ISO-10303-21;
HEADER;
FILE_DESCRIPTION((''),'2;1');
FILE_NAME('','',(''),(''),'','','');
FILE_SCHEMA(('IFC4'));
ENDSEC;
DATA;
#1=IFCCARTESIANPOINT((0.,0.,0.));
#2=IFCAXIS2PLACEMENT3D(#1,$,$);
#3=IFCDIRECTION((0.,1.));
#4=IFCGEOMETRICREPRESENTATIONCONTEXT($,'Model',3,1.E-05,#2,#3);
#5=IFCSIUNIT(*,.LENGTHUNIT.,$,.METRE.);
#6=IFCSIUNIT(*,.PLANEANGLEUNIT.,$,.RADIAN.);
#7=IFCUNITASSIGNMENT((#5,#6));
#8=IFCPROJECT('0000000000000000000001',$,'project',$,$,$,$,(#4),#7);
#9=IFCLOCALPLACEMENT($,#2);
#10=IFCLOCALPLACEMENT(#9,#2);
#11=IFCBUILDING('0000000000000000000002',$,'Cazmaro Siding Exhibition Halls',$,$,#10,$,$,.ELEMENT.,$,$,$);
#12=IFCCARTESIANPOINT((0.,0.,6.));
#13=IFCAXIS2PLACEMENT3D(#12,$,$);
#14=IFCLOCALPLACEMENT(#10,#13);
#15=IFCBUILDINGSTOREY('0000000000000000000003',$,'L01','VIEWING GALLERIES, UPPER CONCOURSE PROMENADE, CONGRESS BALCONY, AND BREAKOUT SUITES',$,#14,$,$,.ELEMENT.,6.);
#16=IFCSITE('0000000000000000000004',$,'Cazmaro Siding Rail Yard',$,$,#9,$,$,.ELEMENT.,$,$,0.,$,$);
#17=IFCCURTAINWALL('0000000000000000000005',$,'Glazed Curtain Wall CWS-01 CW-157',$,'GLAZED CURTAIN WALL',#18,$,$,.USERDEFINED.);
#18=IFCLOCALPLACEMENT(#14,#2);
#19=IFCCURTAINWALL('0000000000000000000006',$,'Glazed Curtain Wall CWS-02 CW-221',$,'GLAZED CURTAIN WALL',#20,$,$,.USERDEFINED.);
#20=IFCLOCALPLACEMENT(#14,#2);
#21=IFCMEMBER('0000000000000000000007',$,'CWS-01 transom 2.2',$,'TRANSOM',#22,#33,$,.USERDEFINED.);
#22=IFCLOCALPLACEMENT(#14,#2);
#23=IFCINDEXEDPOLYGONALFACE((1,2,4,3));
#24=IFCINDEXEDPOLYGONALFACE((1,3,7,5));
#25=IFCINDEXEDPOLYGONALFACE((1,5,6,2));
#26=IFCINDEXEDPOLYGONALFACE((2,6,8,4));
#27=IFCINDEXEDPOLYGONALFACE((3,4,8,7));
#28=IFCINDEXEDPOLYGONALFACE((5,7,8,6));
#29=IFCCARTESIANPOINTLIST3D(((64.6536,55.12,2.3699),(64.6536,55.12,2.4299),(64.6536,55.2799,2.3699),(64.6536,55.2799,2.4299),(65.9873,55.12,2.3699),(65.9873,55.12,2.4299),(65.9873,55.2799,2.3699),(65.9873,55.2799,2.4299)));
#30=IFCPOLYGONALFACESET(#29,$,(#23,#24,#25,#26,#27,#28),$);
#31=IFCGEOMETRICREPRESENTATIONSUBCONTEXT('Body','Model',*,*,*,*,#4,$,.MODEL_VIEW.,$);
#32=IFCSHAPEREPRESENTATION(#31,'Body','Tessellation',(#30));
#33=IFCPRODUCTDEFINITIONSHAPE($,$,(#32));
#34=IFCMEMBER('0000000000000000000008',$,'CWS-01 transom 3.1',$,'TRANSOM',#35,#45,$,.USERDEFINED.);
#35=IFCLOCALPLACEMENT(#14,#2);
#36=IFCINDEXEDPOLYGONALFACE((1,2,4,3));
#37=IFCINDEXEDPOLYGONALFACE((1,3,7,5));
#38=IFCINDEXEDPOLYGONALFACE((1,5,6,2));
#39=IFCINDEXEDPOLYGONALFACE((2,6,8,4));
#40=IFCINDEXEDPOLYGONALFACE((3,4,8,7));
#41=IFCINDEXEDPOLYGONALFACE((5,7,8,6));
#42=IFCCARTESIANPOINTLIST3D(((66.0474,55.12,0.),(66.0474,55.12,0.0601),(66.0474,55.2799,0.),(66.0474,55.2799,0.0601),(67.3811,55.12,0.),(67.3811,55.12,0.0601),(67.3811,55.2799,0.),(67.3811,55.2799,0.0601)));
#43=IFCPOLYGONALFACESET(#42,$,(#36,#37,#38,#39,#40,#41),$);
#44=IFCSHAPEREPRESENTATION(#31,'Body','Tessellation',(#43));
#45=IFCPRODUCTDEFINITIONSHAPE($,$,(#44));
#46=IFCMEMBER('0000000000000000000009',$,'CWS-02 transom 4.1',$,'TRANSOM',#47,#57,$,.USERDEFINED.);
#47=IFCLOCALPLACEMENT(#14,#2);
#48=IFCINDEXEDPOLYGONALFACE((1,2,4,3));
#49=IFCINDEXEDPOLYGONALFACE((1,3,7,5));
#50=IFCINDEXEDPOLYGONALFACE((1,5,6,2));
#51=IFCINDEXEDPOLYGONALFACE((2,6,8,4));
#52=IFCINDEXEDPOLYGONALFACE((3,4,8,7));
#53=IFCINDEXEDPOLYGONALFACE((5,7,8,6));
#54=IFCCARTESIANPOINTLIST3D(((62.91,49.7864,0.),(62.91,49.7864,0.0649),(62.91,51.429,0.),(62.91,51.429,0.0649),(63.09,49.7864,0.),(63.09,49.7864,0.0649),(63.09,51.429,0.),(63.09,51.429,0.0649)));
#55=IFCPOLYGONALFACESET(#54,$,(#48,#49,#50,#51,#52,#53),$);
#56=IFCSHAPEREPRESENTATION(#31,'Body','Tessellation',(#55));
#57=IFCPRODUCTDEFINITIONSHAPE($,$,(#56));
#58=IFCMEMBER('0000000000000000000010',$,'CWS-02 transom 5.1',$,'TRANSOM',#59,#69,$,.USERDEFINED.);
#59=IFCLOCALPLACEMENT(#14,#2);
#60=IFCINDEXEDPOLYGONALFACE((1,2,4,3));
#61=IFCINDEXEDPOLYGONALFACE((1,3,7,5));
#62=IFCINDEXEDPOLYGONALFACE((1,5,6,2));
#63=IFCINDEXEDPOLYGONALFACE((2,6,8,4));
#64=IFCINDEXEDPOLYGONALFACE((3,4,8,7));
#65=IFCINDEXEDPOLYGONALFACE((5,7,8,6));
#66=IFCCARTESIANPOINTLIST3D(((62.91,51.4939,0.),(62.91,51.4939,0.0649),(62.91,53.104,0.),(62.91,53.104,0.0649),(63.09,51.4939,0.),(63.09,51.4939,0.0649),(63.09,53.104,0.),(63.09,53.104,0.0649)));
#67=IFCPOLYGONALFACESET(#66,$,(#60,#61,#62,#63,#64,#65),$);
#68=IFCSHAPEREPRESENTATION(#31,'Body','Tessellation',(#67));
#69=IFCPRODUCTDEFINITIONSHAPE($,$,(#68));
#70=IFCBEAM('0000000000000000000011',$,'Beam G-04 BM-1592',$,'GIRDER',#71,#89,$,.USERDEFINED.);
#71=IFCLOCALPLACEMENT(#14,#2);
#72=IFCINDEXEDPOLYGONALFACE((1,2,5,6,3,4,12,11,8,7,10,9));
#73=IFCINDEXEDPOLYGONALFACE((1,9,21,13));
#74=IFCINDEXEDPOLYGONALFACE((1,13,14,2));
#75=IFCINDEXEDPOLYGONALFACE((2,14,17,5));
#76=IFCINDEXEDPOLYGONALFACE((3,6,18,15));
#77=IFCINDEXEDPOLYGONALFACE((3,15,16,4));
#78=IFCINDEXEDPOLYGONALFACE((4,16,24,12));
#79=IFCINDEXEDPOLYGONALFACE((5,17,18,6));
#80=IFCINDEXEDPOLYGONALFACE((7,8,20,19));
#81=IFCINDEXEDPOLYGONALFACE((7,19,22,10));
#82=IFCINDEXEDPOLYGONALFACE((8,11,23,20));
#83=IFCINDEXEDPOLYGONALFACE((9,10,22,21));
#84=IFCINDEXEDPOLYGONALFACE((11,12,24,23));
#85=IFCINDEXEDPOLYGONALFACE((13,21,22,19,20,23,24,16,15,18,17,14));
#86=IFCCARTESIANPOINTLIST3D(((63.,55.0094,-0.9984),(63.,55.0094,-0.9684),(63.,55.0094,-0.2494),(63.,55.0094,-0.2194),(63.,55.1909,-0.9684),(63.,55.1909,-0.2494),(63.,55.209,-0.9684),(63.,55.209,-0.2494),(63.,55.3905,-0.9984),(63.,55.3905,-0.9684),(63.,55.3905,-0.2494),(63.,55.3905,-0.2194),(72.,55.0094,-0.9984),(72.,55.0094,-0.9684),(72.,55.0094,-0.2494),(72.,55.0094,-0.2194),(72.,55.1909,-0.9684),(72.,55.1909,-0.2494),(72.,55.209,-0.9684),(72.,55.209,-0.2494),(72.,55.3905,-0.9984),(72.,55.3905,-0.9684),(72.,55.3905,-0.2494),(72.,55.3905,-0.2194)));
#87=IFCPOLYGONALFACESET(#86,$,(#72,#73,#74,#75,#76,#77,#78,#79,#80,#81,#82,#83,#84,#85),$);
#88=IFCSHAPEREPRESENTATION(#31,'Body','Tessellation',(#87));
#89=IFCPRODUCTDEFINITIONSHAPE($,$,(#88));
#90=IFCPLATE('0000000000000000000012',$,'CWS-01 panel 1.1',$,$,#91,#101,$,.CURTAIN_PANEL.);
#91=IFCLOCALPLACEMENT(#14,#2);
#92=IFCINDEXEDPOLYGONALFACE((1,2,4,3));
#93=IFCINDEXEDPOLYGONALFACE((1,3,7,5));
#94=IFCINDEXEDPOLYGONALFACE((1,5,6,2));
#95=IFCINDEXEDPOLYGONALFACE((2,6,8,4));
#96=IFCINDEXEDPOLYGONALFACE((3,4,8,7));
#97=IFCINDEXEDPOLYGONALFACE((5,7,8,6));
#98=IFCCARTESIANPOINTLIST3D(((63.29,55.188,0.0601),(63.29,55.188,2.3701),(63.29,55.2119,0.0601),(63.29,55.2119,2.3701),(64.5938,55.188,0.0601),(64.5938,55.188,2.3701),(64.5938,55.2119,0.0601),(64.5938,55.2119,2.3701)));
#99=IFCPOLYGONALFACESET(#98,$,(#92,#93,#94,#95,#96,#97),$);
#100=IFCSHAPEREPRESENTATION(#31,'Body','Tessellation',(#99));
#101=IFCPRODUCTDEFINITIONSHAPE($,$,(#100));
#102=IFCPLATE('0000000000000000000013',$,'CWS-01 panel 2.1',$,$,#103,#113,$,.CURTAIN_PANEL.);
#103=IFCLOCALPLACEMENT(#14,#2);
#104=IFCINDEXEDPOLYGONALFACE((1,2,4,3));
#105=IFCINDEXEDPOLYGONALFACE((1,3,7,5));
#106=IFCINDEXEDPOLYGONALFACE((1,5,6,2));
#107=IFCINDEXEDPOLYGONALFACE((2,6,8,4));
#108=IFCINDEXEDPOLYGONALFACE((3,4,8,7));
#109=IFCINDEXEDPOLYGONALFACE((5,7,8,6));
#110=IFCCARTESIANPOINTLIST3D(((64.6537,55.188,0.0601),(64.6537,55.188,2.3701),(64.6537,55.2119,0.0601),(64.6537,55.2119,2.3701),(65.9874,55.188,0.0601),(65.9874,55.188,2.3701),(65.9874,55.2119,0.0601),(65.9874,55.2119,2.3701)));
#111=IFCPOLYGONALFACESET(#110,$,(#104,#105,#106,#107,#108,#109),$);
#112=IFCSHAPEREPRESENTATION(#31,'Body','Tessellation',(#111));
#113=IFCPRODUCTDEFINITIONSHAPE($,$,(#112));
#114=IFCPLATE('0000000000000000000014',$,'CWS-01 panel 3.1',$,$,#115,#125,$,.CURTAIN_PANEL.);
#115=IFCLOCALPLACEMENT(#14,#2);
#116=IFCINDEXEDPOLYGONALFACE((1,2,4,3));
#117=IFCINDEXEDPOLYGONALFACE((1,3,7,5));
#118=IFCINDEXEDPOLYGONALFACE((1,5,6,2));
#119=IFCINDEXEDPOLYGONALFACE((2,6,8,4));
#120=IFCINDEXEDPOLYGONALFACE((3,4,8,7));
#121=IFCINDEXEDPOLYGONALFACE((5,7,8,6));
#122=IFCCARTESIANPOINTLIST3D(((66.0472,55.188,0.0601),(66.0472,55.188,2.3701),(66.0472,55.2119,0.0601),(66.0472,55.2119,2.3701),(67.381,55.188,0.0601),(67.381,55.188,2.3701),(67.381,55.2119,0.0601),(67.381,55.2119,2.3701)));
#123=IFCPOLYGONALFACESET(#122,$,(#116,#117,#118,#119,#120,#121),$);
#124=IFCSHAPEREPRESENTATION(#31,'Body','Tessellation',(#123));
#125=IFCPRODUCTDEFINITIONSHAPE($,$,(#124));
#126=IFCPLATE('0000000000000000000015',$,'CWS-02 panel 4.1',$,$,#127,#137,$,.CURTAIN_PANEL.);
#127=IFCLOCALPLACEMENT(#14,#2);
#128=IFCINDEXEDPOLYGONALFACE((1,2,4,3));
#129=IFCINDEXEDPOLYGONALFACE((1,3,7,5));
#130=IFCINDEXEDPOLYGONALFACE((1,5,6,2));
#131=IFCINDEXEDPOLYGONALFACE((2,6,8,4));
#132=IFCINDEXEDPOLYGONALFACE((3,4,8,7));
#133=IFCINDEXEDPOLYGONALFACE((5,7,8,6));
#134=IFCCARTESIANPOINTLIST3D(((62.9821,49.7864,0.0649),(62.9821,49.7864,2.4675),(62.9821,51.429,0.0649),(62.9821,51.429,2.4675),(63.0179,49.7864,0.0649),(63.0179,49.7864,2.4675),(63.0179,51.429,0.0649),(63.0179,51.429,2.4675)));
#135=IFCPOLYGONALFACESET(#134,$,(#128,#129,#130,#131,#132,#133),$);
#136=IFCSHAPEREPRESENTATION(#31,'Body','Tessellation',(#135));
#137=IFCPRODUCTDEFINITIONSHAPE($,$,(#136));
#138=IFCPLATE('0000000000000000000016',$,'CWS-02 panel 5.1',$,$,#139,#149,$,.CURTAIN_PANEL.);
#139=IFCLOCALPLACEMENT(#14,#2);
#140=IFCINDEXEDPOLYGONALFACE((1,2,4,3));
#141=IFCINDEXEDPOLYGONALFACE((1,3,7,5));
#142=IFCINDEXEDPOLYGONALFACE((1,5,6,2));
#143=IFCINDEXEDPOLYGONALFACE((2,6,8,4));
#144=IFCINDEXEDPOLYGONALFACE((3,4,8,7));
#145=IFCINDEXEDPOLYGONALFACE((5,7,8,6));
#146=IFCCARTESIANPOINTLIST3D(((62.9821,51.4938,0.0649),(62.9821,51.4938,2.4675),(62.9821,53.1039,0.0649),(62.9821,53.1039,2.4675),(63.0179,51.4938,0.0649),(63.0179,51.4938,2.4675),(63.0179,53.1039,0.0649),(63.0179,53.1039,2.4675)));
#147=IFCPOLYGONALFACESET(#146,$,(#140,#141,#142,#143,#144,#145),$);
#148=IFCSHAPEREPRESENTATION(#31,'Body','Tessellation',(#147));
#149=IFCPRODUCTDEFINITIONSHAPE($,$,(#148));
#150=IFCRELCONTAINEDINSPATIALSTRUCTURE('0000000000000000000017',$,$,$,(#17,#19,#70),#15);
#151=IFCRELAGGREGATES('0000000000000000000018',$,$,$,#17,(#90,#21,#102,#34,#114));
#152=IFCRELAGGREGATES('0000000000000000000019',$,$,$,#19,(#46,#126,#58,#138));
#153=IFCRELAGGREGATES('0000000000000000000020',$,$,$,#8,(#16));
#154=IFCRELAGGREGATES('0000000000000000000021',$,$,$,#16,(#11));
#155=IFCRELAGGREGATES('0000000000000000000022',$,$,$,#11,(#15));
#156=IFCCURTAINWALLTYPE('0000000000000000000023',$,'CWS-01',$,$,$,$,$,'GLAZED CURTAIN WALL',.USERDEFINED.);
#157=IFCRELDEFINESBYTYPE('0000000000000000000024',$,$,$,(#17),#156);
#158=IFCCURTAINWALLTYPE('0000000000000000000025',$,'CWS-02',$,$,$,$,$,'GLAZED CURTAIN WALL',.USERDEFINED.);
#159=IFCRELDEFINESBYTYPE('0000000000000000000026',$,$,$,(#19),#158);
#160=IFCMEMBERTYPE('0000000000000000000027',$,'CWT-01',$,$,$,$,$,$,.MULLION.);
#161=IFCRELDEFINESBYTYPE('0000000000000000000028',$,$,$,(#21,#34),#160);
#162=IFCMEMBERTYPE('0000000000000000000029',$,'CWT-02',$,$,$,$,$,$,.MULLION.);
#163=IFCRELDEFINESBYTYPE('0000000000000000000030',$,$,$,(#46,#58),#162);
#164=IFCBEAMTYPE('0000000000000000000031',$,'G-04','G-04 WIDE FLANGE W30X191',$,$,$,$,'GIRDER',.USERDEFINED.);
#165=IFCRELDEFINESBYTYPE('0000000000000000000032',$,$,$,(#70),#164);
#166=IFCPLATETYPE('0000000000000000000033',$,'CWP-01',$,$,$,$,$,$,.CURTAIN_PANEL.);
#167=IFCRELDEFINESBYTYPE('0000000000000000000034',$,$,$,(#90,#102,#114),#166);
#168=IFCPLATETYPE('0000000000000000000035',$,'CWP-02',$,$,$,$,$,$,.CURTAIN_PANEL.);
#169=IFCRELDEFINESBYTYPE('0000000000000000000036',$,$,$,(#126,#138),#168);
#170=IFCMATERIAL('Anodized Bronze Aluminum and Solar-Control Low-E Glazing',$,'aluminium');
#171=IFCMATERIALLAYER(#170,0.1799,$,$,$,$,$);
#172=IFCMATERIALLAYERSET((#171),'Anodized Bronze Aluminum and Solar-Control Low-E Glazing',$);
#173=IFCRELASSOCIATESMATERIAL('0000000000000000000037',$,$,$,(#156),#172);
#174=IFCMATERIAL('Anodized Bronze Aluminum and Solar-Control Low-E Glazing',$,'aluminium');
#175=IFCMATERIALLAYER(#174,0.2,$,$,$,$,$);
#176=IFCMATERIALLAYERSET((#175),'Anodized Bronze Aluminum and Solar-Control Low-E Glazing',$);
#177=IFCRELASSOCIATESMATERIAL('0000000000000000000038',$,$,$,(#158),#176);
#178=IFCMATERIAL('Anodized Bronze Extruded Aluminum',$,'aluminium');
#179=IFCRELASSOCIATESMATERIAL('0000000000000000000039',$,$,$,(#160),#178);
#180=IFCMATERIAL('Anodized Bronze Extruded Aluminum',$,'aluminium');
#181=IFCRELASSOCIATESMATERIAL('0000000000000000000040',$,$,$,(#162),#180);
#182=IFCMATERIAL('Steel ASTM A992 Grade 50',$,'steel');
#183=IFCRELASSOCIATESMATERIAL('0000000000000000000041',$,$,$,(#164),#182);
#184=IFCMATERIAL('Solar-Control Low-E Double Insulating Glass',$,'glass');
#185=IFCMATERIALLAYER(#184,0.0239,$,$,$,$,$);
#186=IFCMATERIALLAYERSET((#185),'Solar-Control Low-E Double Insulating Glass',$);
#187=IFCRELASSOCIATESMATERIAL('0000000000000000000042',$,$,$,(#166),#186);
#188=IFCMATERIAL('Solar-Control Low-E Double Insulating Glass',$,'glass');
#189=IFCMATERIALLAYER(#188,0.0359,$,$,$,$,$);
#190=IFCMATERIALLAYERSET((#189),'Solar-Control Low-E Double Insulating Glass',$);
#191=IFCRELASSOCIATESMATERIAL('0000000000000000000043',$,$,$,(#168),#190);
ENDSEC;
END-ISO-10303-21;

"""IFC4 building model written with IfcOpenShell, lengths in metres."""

from ifc_helpers import new_model, si_unit, direction, frame, origin, origin_2d, place, context, subcontext, project, spatial, rectangle, i_section, extrude, material, layer, layer_set, material_profile, profile_set, type_object, element, aggregate, save


model = new_model("IFC4")

# Units and contexts
model_context = context("Model", 3, precision=1e-05, world=origin(), true_north=direction((0.0, 1.0)))
body_context = subcontext(model_context, "Body", "Model", "MODEL_VIEW")
ifc_project = project(units=[si_unit("LENGTHUNIT", "METRE"), si_unit("PLANEANGLEUNIT", "RADIAN")], contexts=[model_context])

# Site, building, storey
site_placement = place(None, origin())
site = spatial("IfcSite", under=ifc_project, at=site_placement, Name="Cazmaro Siding Rail Yard", CompositionType="ELEMENT", RefElevation=0.0)
building_placement = place(site_placement, origin())
building = spatial("IfcBuilding", under=site, at=building_placement, Name="Cazmaro Siding Exhibition Halls", CompositionType="ELEMENT")
storey_placement = place(building_placement, frame((0.0, 0.0, 6.0)))
storey = spatial("IfcBuildingStorey", under=building, at=storey_placement, Name="L01", Description="VIEWING GALLERIES, UPPER CONCOURSE PROMENADE, CONGRESS BALCONY, AND BREAKOUT SUITES", CompositionType="ELEMENT", Elevation=6.0)

# Curtain walls
ifc_material_1 = material(Name="Anodized Bronze Aluminum and Solar-Control Low-E Glazing", Category="aluminium")
ifc_layer_1 = layer(ifc_material_1, 0.1799)
ifc_layer_set_1 = layer_set([ifc_layer_1], Name="Anodized Bronze Aluminum and Solar-Control Low-E Glazing")
curtain_wall_type_1 = type_object("IfcCurtainWallType", Name="CWS-01", ElementType="GLAZED CURTAIN WALL", PredefinedType="USERDEFINED", material=ifc_layer_set_1)
curtain_wall_1_placement = place(storey_placement, origin())
curtain_wall_1 = element("IfcCurtainWall", 1, at=curtain_wall_1_placement, inside=storey, type_object=curtain_wall_type_1, Name="Glazed Curtain Wall CWS-01 CW-157", ObjectType="GLAZED CURTAIN WALL", PredefinedType="USERDEFINED")
ifc_material_2 = material(Name="Anodized Bronze Aluminum and Solar-Control Low-E Glazing", Category="aluminium")
ifc_layer_2 = layer(ifc_material_2, 0.2)
ifc_layer_set_2 = layer_set([ifc_layer_2], Name="Anodized Bronze Aluminum and Solar-Control Low-E Glazing")
curtain_wall_type_2 = type_object("IfcCurtainWallType", Name="CWS-02", ElementType="GLAZED CURTAIN WALL", PredefinedType="USERDEFINED", material=ifc_layer_set_2)
curtain_wall_2_placement = place(storey_placement, origin())
curtain_wall_2 = element("IfcCurtainWall", 2, at=curtain_wall_2_placement, inside=storey, type_object=curtain_wall_type_2, Name="Glazed Curtain Wall CWS-02 CW-221", ObjectType="GLAZED CURTAIN WALL", PredefinedType="USERDEFINED")

# Members
ifc_material_3 = material(Name="Anodized Bronze Extruded Aluminum", Category="aluminium")
ifc_material_profile_1 = material_profile(ifc_material_3, rectangle(XDim=0.1599, YDim=0.0601, at=origin_2d()), Name="CWT-01")
ifc_profile_set_1 = profile_set([ifc_material_profile_1], Name="Anodized Bronze Extruded Aluminum")
member_type_1 = type_object("IfcMemberType", Name="CWT-01", PredefinedType="MULLION", material=ifc_profile_set_1)
member_1_placement = place(storey_placement, frame((64.6536, 55.2, 2.3999), z_axis=(1.0, 0.0, 0.0), x_axis=(0.0, 1.0, 0.0)))
member_1 = element("IfcMember", 3, at=member_1_placement, type_object=member_type_1, Name="CWS-01 transom 2.2", ObjectType="TRANSOM", PredefinedType="USERDEFINED", context=body_context, shape_type="SweptSolid", body=[
    extrude(rectangle(XDim=0.1599, YDim=0.0601, at=origin_2d()), origin(), (0.0, 0.0, 1.0), 1.3337),
])
member_2_placement = place(storey_placement, frame((66.0474, 55.2, 0.03), z_axis=(1.0, 0.0, 0.0), x_axis=(0.0, 1.0, 0.0)))
member_2 = element("IfcMember", 4, at=member_2_placement, type_object=member_type_1, Name="CWS-01 transom 3.1", ObjectType="TRANSOM", PredefinedType="USERDEFINED", context=body_context, shape_type="SweptSolid", body=[
    extrude(rectangle(XDim=0.1599, YDim=0.0601, at=origin_2d()), origin(), (0.0, 0.0, 1.0), 1.3337),
])
ifc_material_4 = material(Name="Anodized Bronze Extruded Aluminum", Category="aluminium")
ifc_material_profile_2 = material_profile(ifc_material_4, rectangle(XDim=0.1799, YDim=0.0649, at=origin_2d()), Name="CWT-02")
ifc_profile_set_2 = profile_set([ifc_material_profile_2], Name="Anodized Bronze Extruded Aluminum")
member_type_2 = type_object("IfcMemberType", Name="CWT-02", PredefinedType="MULLION", material=ifc_profile_set_2)
member_3_placement = place(storey_placement, frame((63.0, 49.7864, 0.0325), z_axis=(0.0, 1.0, 0.0), x_axis=(-1.0, 0.0, 0.0)))
member_3 = element("IfcMember", 5, at=member_3_placement, type_object=member_type_2, Name="CWS-02 transom 4.1", ObjectType="TRANSOM", PredefinedType="USERDEFINED", context=body_context, shape_type="SweptSolid", body=[
    extrude(rectangle(XDim=0.1799, YDim=0.0649, at=origin_2d()), origin(), (0.0, 0.0, 1.0), 1.6426),
])
member_4_placement = place(storey_placement, frame((63.0, 51.4939, 0.0325), z_axis=(0.0, 1.0, 0.0), x_axis=(-1.0, 0.0, 0.0)))
member_4 = element("IfcMember", 6, at=member_4_placement, type_object=member_type_2, Name="CWS-02 transom 5.1", ObjectType="TRANSOM", PredefinedType="USERDEFINED", context=body_context, shape_type="SweptSolid", body=[
    extrude(rectangle(XDim=0.1799, YDim=0.0649, at=origin_2d()), origin(), (0.0, 0.0, 1.0), 1.6101),
])

# Beam
ifc_material_5 = material(Name="Steel ASTM A992 Grade 50", Category="steel")
ifc_material_profile_3 = material_profile(ifc_material_5, i_section(OverallWidth=0.3811, OverallDepth=0.7791, WebThickness=0.0181, FlangeThickness=0.03, at=origin_2d()), Name="W30X191")
ifc_profile_set_3 = profile_set([ifc_material_profile_3], Name="Steel ASTM A992 Grade 50")
beam_type_1 = type_object("IfcBeamType", Name="G-04", Description="G-04 WIDE FLANGE W30X191", ElementType="GIRDER", PredefinedType="USERDEFINED", material=ifc_profile_set_3)
beam_1_placement = place(storey_placement, frame((63.0, 55.2, -0.6089), z_axis=(1.0, 0.0, 0.0), x_axis=(0.0, 1.0, 0.0)))
element("IfcBeam", 7, at=beam_1_placement, inside=storey, type_object=beam_type_1, Name="Beam G-04 BM-1592", ObjectType="GIRDER", PredefinedType="USERDEFINED", context=body_context, shape_type="SweptSolid", body=[
    extrude(i_section(OverallWidth=0.3811, OverallDepth=0.7791, WebThickness=0.0181, FlangeThickness=0.03, at=origin_2d()), origin(), (0.0, 0.0, 1.0), 9.0),
])

# Plates
ifc_material_6 = material(Name="Solar-Control Low-E Double Insulating Glass", Category="glass")
ifc_layer_3 = layer(ifc_material_6, 0.0239)
ifc_layer_set_3 = layer_set([ifc_layer_3], Name="Solar-Control Low-E Double Insulating Glass")
plate_type_1 = type_object("IfcPlateType", Name="CWP-01", PredefinedType="CURTAIN_PANEL", material=ifc_layer_set_3)
plate_1_placement = place(storey_placement, frame((63.9419, 55.2, 0.0601), z_axis=(0.0, 0.0, 1.0), x_axis=(1.0, 0.0, 0.0)))
plate_1 = element("IfcPlate", 8, at=plate_1_placement, type_object=plate_type_1, Name="CWS-01 panel 1.1", PredefinedType="CURTAIN_PANEL", context=body_context, shape_type="SweptSolid", body=[
    extrude(rectangle(XDim=1.3037, YDim=0.0239, at=origin_2d()), origin(), (0.0, 0.0, 1.0), 2.3101),
])
plate_2_placement = place(storey_placement, frame((65.3206, 55.2, 0.0601), z_axis=(0.0, 0.0, 1.0), x_axis=(1.0, 0.0, 0.0)))
plate_2 = element("IfcPlate", 9, at=plate_2_placement, type_object=plate_type_1, Name="CWS-01 panel 2.1", PredefinedType="CURTAIN_PANEL", context=body_context, shape_type="SweptSolid", body=[
    extrude(rectangle(XDim=1.3337, YDim=0.0239, at=origin_2d()), origin(), (0.0, 0.0, 1.0), 2.3101),
])
plate_3_placement = place(storey_placement, frame((66.7141, 55.2, 0.0601), z_axis=(0.0, 0.0, 1.0), x_axis=(1.0, 0.0, 0.0)))
plate_3 = element("IfcPlate", 10, at=plate_3_placement, type_object=plate_type_1, Name="CWS-01 panel 3.1", PredefinedType="CURTAIN_PANEL", context=body_context, shape_type="SweptSolid", body=[
    extrude(rectangle(XDim=1.3337, YDim=0.0239, at=origin_2d()), origin(), (0.0, 0.0, 1.0), 2.3101),
])
aggregate(curtain_wall_1, [plate_1, member_1, plate_2, member_2, plate_3])
ifc_material_7 = material(Name="Solar-Control Low-E Double Insulating Glass", Category="glass")
ifc_layer_4 = layer(ifc_material_7, 0.0359)
ifc_layer_set_4 = layer_set([ifc_layer_4], Name="Solar-Control Low-E Double Insulating Glass")
plate_type_2 = type_object("IfcPlateType", Name="CWP-02", PredefinedType="CURTAIN_PANEL", material=ifc_layer_set_4)
plate_4_placement = place(storey_placement, frame((63.0, 50.6077, 0.0649), z_axis=(0.0, 0.0, 1.0), x_axis=(0.0, 1.0, 0.0)))
plate_4 = element("IfcPlate", 11, at=plate_4_placement, type_object=plate_type_2, Name="CWS-02 panel 4.1", PredefinedType="CURTAIN_PANEL", context=body_context, shape_type="SweptSolid", body=[
    extrude(rectangle(XDim=1.6426, YDim=0.0359, at=origin_2d()), origin(), (0.0, 0.0, 1.0), 2.4026),
])
plate_5_placement = place(storey_placement, frame((63.0, 52.2988, 0.0649), z_axis=(0.0, 0.0, 1.0), x_axis=(0.0, 1.0, 0.0)))
plate_5 = element("IfcPlate", 12, at=plate_5_placement, type_object=plate_type_2, Name="CWS-02 panel 5.1", PredefinedType="CURTAIN_PANEL", context=body_context, shape_type="SweptSolid", body=[
    extrude(rectangle(XDim=1.6101, YDim=0.0359, at=origin_2d()), origin(), (0.0, 0.0, 1.0), 2.4026),
])
aggregate(curtain_wall_2, [member_3, plate_4, member_4, plate_5])

save(model, "model.ifc")
